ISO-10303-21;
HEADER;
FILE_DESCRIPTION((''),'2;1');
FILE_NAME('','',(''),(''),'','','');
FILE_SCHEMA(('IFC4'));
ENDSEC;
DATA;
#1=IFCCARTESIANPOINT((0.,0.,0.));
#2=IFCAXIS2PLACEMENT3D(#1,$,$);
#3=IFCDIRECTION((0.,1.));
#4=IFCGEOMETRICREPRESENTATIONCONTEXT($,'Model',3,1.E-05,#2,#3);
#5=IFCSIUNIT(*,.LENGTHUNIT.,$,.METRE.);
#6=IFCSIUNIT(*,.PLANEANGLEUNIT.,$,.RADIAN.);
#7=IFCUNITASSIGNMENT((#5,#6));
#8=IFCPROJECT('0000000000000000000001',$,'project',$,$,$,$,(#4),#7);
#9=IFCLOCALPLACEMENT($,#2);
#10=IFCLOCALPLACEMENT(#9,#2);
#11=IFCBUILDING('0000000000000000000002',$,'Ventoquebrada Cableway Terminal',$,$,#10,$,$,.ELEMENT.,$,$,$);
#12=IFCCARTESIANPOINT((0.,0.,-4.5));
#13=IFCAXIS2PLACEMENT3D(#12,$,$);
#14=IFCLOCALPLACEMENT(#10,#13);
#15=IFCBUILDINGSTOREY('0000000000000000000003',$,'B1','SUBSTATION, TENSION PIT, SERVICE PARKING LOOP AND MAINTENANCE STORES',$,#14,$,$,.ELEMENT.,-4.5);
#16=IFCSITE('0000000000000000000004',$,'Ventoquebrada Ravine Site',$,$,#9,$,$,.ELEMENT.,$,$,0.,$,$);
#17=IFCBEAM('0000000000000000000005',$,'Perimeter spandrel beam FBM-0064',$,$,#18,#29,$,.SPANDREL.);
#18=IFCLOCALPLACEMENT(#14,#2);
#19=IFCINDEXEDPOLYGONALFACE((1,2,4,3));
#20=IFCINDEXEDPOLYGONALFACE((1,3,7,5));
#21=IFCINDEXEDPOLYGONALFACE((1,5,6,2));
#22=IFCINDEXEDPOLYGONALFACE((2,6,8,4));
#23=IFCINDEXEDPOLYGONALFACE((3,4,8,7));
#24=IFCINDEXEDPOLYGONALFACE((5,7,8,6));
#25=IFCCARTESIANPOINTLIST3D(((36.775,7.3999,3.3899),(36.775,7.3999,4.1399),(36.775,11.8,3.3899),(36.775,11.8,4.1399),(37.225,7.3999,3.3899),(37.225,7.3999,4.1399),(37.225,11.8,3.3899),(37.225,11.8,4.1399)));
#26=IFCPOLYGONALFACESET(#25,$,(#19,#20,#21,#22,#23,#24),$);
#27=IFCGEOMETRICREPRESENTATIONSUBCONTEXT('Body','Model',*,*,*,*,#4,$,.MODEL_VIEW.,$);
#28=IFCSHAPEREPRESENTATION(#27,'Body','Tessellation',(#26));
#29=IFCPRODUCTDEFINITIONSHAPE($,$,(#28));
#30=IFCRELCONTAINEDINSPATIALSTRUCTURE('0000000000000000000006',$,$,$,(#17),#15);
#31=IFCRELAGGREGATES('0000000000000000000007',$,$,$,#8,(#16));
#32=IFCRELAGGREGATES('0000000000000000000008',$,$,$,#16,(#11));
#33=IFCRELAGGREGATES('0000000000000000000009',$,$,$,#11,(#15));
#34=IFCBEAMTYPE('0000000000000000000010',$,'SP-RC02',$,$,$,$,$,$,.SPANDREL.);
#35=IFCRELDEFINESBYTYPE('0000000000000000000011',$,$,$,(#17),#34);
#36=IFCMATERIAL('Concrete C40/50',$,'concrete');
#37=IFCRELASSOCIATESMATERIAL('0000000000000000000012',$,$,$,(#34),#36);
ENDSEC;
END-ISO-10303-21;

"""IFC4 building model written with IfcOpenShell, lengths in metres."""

from ifc_helpers import new_model, si_unit, direction, frame, origin, origin_2d, place, context, subcontext, project, spatial, rectangle, extrude, material, material_profile, profile_set, type_object, element, save


model = new_model("IFC4")

# Units and contexts
model_context = context("Model", 3, precision=1e-05, world=origin(), true_north=direction((0.0, 1.0)))
body_context = subcontext(model_context, "Body", "Model", "MODEL_VIEW")
ifc_project = project(units=[si_unit("LENGTHUNIT", "METRE"), si_unit("PLANEANGLEUNIT", "RADIAN")], contexts=[model_context])

# Site, building, storey
site_placement = place(None, origin())
site = spatial("IfcSite", under=ifc_project, at=site_placement, Name="Ventoquebrada Ravine Site", CompositionType="ELEMENT", RefElevation=0.0)
building_placement = place(site_placement, origin())
building = spatial("IfcBuilding", under=site, at=building_placement, Name="Ventoquebrada Cableway Terminal", CompositionType="ELEMENT")
storey_placement = place(building_placement, frame((0.0, 0.0, -4.5)))
storey = spatial("IfcBuildingStorey", under=building, at=storey_placement, Name="B1", Description="SUBSTATION, TENSION PIT, SERVICE PARKING LOOP AND MAINTENANCE STORES", CompositionType="ELEMENT", Elevation=-4.5)

# Shared definitions
ifc_material = material(Name="Concrete C40/50", Category="concrete")

# Beam
ifc_material_profile_1 = material_profile(ifc_material, rectangle(XDim=0.45, YDim=0.75, at=origin_2d()), Name="RC-BM-450X750")
ifc_profile_set_1 = profile_set([ifc_material_profile_1], Name="Concrete C40/50")
beam_type_1 = type_object("IfcBeamType", Name="SP-RC02", PredefinedType="SPANDREL", material=ifc_profile_set_1)
beam_1_placement = place(storey_placement, frame((37.0, 7.3999, 3.7649), z_axis=(0.0, 1.0, 0.0), x_axis=(-1.0, 0.0, 0.0)))
element("IfcBeam", 1, at=beam_1_placement, inside=storey, type_object=beam_type_1, Name="Perimeter spandrel beam FBM-0064", PredefinedType="SPANDREL", context=body_context, shape_type="SweptSolid", body=[
    extrude(rectangle(XDim=0.45, YDim=0.75, at=origin_2d()), origin(), (0.0, 0.0, 1.0), 4.4001),
])

save(model, "model.ifc")
